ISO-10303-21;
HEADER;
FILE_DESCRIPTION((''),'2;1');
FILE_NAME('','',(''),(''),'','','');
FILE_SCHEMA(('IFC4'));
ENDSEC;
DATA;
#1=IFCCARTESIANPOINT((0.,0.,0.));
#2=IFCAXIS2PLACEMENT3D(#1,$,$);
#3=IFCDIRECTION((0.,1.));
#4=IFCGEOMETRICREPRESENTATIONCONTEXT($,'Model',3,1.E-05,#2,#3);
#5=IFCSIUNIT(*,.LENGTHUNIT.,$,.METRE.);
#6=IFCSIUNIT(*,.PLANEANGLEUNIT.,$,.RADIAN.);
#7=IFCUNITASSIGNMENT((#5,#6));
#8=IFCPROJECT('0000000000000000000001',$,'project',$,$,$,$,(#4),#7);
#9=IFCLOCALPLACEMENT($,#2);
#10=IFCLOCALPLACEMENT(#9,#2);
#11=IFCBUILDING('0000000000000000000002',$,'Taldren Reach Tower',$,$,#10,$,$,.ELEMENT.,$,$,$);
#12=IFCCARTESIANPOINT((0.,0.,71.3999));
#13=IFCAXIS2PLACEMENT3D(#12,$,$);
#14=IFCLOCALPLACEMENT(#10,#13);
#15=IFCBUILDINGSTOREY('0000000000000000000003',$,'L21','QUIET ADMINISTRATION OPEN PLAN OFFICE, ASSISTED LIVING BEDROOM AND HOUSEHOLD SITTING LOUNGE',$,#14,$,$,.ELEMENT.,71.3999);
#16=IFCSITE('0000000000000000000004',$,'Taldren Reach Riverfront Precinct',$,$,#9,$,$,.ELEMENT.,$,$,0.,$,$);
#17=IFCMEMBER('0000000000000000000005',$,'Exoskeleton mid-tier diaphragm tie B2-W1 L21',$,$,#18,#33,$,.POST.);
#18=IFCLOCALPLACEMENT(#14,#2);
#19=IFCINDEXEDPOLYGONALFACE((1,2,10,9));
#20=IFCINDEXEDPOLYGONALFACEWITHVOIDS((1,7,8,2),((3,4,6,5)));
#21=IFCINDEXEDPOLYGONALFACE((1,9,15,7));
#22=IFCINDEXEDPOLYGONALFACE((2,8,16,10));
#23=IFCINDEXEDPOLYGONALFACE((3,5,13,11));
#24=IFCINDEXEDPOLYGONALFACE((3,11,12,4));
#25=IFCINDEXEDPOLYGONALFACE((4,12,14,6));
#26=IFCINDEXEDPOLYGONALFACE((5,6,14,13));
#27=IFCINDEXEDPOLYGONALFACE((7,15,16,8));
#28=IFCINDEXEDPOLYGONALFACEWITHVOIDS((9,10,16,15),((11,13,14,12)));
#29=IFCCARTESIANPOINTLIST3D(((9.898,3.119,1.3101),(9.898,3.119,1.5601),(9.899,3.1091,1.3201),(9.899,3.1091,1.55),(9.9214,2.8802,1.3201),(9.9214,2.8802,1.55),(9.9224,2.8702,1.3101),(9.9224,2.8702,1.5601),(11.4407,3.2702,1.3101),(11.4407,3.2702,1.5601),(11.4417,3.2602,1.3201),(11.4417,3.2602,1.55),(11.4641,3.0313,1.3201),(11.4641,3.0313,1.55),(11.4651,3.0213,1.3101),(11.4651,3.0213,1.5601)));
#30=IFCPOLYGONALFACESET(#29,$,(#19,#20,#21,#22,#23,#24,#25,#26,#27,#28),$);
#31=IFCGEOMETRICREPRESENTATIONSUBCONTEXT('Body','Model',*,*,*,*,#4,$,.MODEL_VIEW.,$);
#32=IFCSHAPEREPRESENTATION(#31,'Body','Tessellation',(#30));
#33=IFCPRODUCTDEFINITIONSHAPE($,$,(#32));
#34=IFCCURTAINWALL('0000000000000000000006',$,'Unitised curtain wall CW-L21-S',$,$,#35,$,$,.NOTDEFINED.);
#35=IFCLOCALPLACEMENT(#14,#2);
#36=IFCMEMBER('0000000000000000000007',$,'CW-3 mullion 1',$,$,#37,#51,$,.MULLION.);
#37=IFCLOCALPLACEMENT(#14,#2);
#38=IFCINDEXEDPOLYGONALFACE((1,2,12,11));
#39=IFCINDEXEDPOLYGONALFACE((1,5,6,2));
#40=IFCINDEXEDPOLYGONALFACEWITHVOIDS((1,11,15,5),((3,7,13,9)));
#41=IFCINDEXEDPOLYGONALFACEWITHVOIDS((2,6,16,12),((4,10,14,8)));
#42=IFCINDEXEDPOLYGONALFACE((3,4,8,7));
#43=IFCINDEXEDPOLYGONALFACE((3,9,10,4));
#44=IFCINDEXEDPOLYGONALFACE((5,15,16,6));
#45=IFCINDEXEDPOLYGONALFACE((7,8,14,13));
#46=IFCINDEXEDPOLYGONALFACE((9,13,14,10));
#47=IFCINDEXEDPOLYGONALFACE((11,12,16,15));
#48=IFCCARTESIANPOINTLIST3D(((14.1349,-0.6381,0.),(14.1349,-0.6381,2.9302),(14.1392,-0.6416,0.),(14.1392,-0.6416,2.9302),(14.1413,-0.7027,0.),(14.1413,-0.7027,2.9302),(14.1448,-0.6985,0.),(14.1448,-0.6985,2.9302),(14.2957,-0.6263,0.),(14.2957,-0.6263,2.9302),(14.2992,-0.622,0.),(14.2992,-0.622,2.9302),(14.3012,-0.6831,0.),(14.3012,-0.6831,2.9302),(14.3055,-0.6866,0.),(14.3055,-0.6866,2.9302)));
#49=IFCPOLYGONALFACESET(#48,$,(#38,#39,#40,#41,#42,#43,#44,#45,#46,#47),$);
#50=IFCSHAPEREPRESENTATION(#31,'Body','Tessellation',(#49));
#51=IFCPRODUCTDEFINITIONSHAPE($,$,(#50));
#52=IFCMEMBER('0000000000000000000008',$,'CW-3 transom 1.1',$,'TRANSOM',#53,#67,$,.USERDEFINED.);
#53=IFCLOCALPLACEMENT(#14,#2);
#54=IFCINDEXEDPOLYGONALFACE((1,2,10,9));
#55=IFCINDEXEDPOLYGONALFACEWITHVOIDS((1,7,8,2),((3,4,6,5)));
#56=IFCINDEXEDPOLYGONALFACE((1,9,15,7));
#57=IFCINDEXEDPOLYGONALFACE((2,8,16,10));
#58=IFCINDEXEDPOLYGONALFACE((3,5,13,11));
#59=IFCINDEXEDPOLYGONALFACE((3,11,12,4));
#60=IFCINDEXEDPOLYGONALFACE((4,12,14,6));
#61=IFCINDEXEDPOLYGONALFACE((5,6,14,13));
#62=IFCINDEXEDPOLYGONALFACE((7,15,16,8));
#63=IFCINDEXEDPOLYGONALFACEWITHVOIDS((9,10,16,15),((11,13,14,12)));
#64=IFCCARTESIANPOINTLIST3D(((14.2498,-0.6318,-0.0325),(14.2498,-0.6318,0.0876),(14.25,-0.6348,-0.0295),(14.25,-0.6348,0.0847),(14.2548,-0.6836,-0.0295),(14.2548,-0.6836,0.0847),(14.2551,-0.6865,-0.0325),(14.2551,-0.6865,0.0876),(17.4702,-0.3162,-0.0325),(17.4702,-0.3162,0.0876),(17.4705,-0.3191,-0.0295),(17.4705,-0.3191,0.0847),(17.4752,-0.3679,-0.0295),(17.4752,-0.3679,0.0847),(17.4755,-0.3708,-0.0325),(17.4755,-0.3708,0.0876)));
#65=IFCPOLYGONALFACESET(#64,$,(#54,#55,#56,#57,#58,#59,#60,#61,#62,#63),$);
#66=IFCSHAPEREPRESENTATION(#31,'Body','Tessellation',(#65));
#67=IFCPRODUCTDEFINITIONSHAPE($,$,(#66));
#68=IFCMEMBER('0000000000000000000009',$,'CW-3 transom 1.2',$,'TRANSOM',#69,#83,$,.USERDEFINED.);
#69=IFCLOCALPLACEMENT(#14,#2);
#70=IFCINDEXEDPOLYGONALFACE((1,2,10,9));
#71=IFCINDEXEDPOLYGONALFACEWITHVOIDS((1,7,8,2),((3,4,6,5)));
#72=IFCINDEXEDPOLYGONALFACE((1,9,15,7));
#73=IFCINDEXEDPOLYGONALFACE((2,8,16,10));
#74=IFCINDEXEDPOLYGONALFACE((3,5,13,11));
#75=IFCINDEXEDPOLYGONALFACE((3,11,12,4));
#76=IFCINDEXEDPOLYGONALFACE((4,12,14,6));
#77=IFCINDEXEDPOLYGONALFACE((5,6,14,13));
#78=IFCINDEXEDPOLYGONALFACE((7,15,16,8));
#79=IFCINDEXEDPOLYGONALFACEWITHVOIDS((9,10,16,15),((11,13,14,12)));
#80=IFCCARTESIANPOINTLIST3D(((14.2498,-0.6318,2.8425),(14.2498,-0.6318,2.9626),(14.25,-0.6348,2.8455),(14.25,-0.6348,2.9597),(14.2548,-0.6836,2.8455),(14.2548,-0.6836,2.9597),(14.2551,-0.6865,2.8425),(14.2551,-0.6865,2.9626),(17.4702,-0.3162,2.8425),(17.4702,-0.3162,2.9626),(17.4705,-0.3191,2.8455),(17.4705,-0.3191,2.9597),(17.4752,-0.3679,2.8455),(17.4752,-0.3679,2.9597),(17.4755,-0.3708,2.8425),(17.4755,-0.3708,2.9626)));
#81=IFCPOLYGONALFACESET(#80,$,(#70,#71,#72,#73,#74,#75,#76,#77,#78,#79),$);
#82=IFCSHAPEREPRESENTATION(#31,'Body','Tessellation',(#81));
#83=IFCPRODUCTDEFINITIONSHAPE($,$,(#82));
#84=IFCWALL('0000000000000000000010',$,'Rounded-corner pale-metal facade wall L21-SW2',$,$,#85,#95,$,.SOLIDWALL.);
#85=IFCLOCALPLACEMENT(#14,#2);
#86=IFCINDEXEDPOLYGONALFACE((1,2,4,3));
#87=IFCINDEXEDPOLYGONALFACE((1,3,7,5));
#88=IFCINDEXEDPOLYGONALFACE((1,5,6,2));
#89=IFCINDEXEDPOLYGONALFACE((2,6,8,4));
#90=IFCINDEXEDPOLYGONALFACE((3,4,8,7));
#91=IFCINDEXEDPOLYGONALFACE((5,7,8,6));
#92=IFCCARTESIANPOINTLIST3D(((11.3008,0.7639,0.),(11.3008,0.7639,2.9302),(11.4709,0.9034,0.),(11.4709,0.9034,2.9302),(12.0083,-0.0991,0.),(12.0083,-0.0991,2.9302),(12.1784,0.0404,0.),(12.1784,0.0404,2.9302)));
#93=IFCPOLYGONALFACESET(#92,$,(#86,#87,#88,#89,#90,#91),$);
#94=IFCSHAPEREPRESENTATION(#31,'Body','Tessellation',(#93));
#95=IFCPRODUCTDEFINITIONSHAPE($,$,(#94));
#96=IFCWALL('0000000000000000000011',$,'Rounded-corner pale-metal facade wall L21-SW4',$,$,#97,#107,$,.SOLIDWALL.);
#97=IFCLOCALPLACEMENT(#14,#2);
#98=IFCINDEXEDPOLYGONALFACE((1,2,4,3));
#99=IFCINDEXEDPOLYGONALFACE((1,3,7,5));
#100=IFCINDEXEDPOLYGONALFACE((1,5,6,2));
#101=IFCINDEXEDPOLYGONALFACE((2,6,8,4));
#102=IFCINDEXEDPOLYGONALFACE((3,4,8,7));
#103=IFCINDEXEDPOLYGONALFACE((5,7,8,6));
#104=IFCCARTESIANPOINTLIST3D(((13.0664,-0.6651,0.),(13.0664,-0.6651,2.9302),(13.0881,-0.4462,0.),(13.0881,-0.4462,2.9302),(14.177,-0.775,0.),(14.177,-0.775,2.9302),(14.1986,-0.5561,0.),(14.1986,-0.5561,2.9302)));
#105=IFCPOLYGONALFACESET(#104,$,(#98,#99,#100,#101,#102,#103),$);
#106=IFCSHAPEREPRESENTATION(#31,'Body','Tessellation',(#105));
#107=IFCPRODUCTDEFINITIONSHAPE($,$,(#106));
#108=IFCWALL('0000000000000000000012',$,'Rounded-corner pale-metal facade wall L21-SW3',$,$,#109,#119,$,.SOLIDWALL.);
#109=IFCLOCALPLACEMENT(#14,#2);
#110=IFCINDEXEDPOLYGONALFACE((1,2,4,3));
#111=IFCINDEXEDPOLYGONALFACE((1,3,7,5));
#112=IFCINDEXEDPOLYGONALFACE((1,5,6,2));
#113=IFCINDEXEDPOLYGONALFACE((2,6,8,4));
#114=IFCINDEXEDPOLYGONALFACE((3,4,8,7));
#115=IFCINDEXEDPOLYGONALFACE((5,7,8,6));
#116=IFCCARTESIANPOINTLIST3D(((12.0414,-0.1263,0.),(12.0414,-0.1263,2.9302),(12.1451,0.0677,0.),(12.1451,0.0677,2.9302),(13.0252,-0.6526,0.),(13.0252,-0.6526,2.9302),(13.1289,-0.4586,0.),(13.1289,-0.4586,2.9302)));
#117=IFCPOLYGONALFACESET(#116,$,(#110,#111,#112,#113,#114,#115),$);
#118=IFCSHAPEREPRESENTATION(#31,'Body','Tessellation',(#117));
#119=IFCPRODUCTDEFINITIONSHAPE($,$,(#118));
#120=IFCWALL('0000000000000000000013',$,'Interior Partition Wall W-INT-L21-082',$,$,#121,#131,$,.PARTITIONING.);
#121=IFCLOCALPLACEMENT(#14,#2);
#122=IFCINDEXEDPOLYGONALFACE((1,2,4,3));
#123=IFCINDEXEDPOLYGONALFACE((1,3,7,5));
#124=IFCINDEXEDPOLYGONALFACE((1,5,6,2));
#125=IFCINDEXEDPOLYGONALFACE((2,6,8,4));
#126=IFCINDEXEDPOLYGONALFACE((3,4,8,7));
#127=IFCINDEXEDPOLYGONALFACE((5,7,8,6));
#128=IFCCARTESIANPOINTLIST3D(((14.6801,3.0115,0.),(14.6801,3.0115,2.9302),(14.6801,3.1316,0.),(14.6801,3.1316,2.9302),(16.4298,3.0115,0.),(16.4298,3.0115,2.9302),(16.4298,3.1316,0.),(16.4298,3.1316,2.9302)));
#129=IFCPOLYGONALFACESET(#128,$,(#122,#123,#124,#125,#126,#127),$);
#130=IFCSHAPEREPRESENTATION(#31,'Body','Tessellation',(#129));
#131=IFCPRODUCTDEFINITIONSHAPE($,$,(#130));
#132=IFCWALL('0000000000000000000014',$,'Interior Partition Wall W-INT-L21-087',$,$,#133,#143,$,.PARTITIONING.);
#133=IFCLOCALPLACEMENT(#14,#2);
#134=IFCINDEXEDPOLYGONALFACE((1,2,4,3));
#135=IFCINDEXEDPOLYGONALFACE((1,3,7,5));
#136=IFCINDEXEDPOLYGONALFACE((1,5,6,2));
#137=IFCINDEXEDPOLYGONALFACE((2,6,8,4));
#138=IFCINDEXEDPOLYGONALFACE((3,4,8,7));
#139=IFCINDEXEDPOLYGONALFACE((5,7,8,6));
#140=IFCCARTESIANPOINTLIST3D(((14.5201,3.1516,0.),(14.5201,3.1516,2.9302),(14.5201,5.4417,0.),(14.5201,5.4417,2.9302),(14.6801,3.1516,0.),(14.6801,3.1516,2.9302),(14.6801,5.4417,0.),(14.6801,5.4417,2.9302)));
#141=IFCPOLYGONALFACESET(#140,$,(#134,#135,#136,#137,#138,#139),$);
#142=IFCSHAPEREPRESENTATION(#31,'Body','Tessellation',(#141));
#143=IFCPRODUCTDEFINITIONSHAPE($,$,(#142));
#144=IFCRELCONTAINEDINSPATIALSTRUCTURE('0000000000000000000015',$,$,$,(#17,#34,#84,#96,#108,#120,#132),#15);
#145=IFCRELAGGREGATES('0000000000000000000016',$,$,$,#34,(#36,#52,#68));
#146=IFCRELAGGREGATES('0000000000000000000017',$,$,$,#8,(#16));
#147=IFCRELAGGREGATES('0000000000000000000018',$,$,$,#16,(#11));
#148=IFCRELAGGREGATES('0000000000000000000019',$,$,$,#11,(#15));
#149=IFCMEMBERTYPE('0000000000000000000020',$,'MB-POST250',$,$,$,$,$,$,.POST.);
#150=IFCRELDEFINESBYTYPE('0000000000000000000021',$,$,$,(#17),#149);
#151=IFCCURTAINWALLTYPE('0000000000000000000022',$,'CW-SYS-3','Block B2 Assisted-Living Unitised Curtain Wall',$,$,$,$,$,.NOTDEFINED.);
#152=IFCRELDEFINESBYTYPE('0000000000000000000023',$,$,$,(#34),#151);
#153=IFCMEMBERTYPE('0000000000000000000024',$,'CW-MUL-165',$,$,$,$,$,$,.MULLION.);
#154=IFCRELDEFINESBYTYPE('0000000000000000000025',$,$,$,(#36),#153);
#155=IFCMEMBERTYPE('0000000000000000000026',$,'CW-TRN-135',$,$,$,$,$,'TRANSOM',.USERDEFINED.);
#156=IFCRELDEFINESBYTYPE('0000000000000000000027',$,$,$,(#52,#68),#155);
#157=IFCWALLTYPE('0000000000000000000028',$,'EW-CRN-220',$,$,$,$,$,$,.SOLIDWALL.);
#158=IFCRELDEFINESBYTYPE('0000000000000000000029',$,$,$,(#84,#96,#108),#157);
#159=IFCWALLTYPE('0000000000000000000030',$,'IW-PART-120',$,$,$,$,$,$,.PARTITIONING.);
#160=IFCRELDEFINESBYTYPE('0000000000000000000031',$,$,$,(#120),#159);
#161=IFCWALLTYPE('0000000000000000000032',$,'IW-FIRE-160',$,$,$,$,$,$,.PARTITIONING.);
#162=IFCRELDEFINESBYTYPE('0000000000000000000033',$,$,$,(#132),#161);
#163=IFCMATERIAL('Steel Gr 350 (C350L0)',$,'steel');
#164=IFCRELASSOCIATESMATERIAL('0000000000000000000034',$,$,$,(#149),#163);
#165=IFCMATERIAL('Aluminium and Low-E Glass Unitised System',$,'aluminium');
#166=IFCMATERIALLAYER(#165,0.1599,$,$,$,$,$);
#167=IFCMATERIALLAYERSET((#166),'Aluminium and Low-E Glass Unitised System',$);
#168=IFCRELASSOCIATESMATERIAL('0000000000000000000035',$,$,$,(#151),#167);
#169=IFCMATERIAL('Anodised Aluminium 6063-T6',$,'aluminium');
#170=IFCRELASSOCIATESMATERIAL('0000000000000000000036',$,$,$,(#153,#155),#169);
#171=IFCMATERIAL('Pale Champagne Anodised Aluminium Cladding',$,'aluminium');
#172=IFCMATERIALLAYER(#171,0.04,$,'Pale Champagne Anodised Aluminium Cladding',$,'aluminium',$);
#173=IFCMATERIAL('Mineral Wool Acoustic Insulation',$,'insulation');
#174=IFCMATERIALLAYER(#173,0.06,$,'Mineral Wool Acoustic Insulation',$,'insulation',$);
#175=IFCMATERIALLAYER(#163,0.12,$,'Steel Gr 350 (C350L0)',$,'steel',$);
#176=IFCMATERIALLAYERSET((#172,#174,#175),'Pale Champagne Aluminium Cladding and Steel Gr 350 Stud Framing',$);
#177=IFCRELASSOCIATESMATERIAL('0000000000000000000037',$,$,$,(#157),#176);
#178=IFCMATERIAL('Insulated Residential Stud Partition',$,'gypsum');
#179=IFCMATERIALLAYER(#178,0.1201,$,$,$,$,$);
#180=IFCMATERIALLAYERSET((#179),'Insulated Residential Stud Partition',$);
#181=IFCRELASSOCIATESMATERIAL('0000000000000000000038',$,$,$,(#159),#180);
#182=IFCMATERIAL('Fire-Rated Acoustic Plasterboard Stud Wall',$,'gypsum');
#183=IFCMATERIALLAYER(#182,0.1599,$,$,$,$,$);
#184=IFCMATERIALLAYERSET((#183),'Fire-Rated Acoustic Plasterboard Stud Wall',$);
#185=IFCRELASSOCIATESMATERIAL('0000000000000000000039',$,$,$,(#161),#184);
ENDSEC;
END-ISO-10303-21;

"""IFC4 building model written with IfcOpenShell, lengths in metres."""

from ifc_helpers import new_model, si_unit, direction, frame, frame_2d, origin, origin_2d, place, context, subcontext, project, spatial, rectangle, hollow_rectangle, extrude, source, transform, mapped, material, layer, layer_set, material_profile, profile_set, type_object, element, aggregate, save


model = new_model("IFC4")

# Units and contexts
model_context = context("Model", 3, precision=1e-05, world=origin(), true_north=direction((0.0, 1.0)))
body_context = subcontext(model_context, "Body", "Model", "MODEL_VIEW")
ifc_project = project(units=[si_unit("LENGTHUNIT", "METRE"), si_unit("PLANEANGLEUNIT", "RADIAN")], contexts=[model_context])

# Site, building, storey
site_placement = place(None, origin())
site = spatial("IfcSite", under=ifc_project, at=site_placement, Name="Taldren Reach Riverfront Precinct", CompositionType="ELEMENT", RefElevation=0.0)
building_placement = place(site_placement, origin())
building = spatial("IfcBuilding", under=site, at=building_placement, Name="Taldren Reach Tower", CompositionType="ELEMENT")
storey_placement = place(building_placement, frame((0.0, 0.0, 71.3999)))
storey = spatial("IfcBuildingStorey", under=building, at=storey_placement, Name="L21", Description="QUIET ADMINISTRATION OPEN PLAN OFFICE, ASSISTED LIVING BEDROOM AND HOUSEHOLD SITTING LOUNGE", CompositionType="ELEMENT", Elevation=71.3999)

# Member
ifc_material_1 = material(Name="Steel Gr 350 (C350L0)", Category="steel")
ifc_material_profile_1 = material_profile(ifc_material_1, hollow_rectangle(XDim=0.25, YDim=0.25, WallThickness=0.01, at=origin_2d()), Name="250x250x10.0SHS")
ifc_profile_set_1 = profile_set([ifc_material_profile_1], Name="Steel Gr 350 (C350L0)")
member_type_1 = type_object("IfcMemberType", Name="MB-POST250", PredefinedType="POST", material=ifc_profile_set_1)
shared_shape_1 = source(origin(), body_context, "Body", "SweptSolid", [
    extrude(hollow_rectangle(XDim=0.25, YDim=0.25, WallThickness=0.01, at=origin_2d()), origin(), (0.0, 0.0, 1.0), 1.55),
])
for number, where, z_axis, x_axis, name in (
    (1, (11.4529, 3.1458, 1.4351), (-0.995236, -0.097492, 0.0), (0.097492, -0.995236, 0.0), "Exoskeleton mid-tier diaphragm tie B2-W1 L21"),
):
    element("IfcMember", number, at=place(storey_placement, frame(where, z_axis=z_axis, x_axis=x_axis)), inside=storey, type_object=member_type_1, Name=name, PredefinedType="POST", context=body_context, shape_type="MappedRepresentation", body=[
        mapped(shared_shape_1, transform((0.0, 0.0, 0.0), scale=1.0)),
    ])

# Curtain wall, members
ifc_material_2 = material(Name="Aluminium and Low-E Glass Unitised System", Category="aluminium")
ifc_layer_1 = layer(ifc_material_2, 0.1599)
ifc_layer_set_1 = layer_set([ifc_layer_1], Name="Aluminium and Low-E Glass Unitised System")
curtain_wall_type = type_object("IfcCurtainWallType", Name="CW-SYS-3", Description="Block B2 Assisted-Living Unitised Curtain Wall", PredefinedType="NOTDEFINED", material=ifc_layer_set_1)
curtain_wall_placement = place(storey_placement, origin())
curtain_wall = element("IfcCurtainWall", 2, at=curtain_wall_placement, inside=storey, type_object=curtain_wall_type, Name="Unitised curtain wall CW-L21-S", PredefinedType="NOTDEFINED")
ifc_material_3 = material(Name="Anodised Aluminium 6063-T6", Category="aluminium")
ifc_material_profile_2 = material_profile(ifc_material_3, hollow_rectangle(XDim=0.0649, YDim=0.165, WallThickness=0.0039, at=origin_2d()), Name="ALU-165x65x4RHS")
ifc_profile_set_2 = profile_set([ifc_material_profile_2], Name="Anodised Aluminium 6063-T6")
member_type_2 = type_object("IfcMemberType", Name="CW-MUL-165", PredefinedType="MULLION", material=ifc_profile_set_2)
shared_shape_2 = source(origin(), body_context, "Body", "SweptSolid", [
    extrude(hollow_rectangle(XDim=0.0649, YDim=0.165, WallThickness=0.0039, at=origin_2d()), origin(), (0.0, 0.0, 1.0), 2.9302),
])
member_1_placement = place(storey_placement, frame((14.2202, -0.6624, 0.0), z_axis=(0.0, 0.0, 1.0), x_axis=(-0.097583, 0.995227, 0.0)))
member_1 = element("IfcMember", 3, at=member_1_placement, type_object=member_type_2, Name="CW-3 mullion 1", PredefinedType="MULLION", context=body_context, shape_type="MappedRepresentation", body=[
    mapped(shared_shape_2, transform((0.0, 0.0, 0.0), scale=1.0)),
])
ifc_material_profile_3 = material_profile(ifc_material_3, hollow_rectangle(XDim=0.0549, YDim=0.1201, WallThickness=0.0029, at=origin_2d()), Name="ALU-120x55x3RHS")
ifc_profile_set_3 = profile_set([ifc_material_profile_3], Name="Anodised Aluminium 6063-T6")
member_type_3 = type_object("IfcMemberType", Name="CW-TRN-135", ElementType="TRANSOM", PredefinedType="USERDEFINED", material=ifc_profile_set_3)
shared_shape_3 = source(origin(), body_context, "Body", "SweptSolid", [
    extrude(hollow_rectangle(XDim=0.0549, YDim=0.1201, WallThickness=0.0029, at=origin_2d()), origin(), (0.0, 0.0, 1.0), 3.2358),
])
member_2_placement = place(storey_placement, frame((14.2524, -0.6592, 0.0276), z_axis=(0.99523, 0.097554, 0.0), x_axis=(-0.097554, 0.99523, 0.0)))
member_2 = element("IfcMember", 4, at=member_2_placement, type_object=member_type_3, Name="CW-3 transom 1.1", ObjectType="TRANSOM", PredefinedType="USERDEFINED", context=body_context, shape_type="MappedRepresentation", body=[
    mapped(shared_shape_3, transform((0.0, 0.0, 0.0), scale=1.0)),
])
member_3_placement = place(storey_placement, frame((14.2524, -0.6592, 2.9026), z_axis=(0.99523, 0.097554, 0.0), x_axis=(-0.097554, 0.99523, 0.0)))
member_3 = element("IfcMember", 5, at=member_3_placement, type_object=member_type_3, Name="CW-3 transom 1.2", ObjectType="TRANSOM", PredefinedType="USERDEFINED", context=body_context, shape_type="MappedRepresentation", body=[
    mapped(shared_shape_3, transform((0.0, 0.0, 0.0), scale=1.0)),
])
aggregate(curtain_wall, [member_1, member_2, member_3])

# Walls
ifc_material_4 = material(Name="Pale Champagne Anodised Aluminium Cladding", Category="aluminium")
ifc_layer_2 = layer(ifc_material_4, 0.04, Name="Pale Champagne Anodised Aluminium Cladding", Category="aluminium")
ifc_material_5 = material(Name="Mineral Wool Acoustic Insulation", Category="insulation")
ifc_layer_3 = layer(ifc_material_5, 0.06, Name="Mineral Wool Acoustic Insulation", Category="insulation")
ifc_layer_4 = layer(ifc_material_1, 0.12, Name="Steel Gr 350 (C350L0)", Category="steel")
ifc_layer_set_2 = layer_set([ifc_layer_2, ifc_layer_3, ifc_layer_4], Name="Pale Champagne Aluminium Cladding and Steel Gr 350 Stud Framing")
wall_type_1 = type_object("IfcWallType", Name="EW-CRN-220", PredefinedType="SOLIDWALL", material=ifc_layer_set_2)
shared_shape_4 = source(origin(), body_context, "Body", "SweptSolid", [
    extrude(rectangle(XDim=1.116, YDim=0.22, at=frame_2d((0.5581, 0.0))), origin(), (0.0, 0.0, 1.0), 2.9302),
])
for number, where, z_axis, x_axis, name in (
    (6, (11.3857, 0.8337, 0.0), (0.0, 0.0, 1.0), (0.633988, -0.773343, 0.0), "Rounded-corner pale-metal facade wall L21-SW2"),
    (7, (13.0771, -0.5557, 0.0), (0.0, 0.0, 1.0), (0.995143, -0.098442, 0.0), "Rounded-corner pale-metal facade wall L21-SW4"),
):
    element("IfcWall", number, at=place(storey_placement, frame(where, z_axis=z_axis, x_axis=x_axis)), inside=storey, type_object=wall_type_1, Name=name, PredefinedType="SOLIDWALL", context=body_context, shape_type="MappedRepresentation", body=[
        mapped(shared_shape_4, transform((0.0, 0.0, 0.0), scale=1.0)),
    ])
shared_shape_5 = source(origin(), body_context, "Body", "SweptSolid", [
    extrude(rectangle(XDim=1.1157, YDim=0.22, at=frame_2d((0.5579, 0.0))), origin(), (0.0, 0.0, 1.0), 2.9302),
])
wall_1_placement = place(storey_placement, frame((12.0933, -0.0293, 0.0), z_axis=(0.0, 0.0, 1.0), x_axis=(0.881747, -0.471723, 0.0)))
element("IfcWall", 8, at=wall_1_placement, inside=storey, type_object=wall_type_1, Name="Rounded-corner pale-metal facade wall L21-SW3", PredefinedType="SOLIDWALL", context=body_context, shape_type="MappedRepresentation", body=[
    mapped(shared_shape_5, transform((0.0, 0.0, 0.0), scale=1.0)),
])
ifc_material_6 = material(Name="Insulated Residential Stud Partition", Category="gypsum")
ifc_layer_5 = layer(ifc_material_6, 0.1201)
ifc_layer_set_3 = layer_set([ifc_layer_5], Name="Insulated Residential Stud Partition")
wall_type_2 = type_object("IfcWallType", Name="IW-PART-120", PredefinedType="PARTITIONING", material=ifc_layer_set_3)
shared_shape_6 = source(origin(), body_context, "Body", "SweptSolid", [
    extrude(rectangle(XDim=1.7498, YDim=0.1201, at=frame_2d((0.875, 0.0))), origin(), (0.0, 0.0, 1.0), 2.9302),
])
wall_2_placement = place(storey_placement, frame((14.6799, 3.0715, 0.0), z_axis=(0.0, 0.0, 1.0), x_axis=(1.0, 0.0, 0.0)))
element("IfcWall", 9, at=wall_2_placement, inside=storey, type_object=wall_type_2, Name="Interior Partition Wall W-INT-L21-082", PredefinedType="PARTITIONING", context=body_context, shape_type="MappedRepresentation", body=[
    mapped(shared_shape_6, transform((0.0, 0.0, 0.0), scale=1.0)),
])
ifc_material_7 = material(Name="Fire-Rated Acoustic Plasterboard Stud Wall", Category="gypsum")
ifc_layer_6 = layer(ifc_material_7, 0.1599)
ifc_layer_set_4 = layer_set([ifc_layer_6], Name="Fire-Rated Acoustic Plasterboard Stud Wall")
wall_type_3 = type_object("IfcWallType", Name="IW-FIRE-160", PredefinedType="PARTITIONING", material=ifc_layer_set_4)
shared_shape_7 = source(origin(), body_context, "Body", "SweptSolid", [
    extrude(rectangle(XDim=2.29, YDim=0.1599, at=frame_2d((1.145, 0.0))), origin(), (0.0, 0.0, 1.0), 2.9302),
])
wall_3_placement = place(storey_placement, frame((14.6001, 3.1516, 0.0), z_axis=(0.0, 0.0, 1.0), x_axis=(0.0, 1.0, 0.0)))
element("IfcWall", 10, at=wall_3_placement, inside=storey, type_object=wall_type_3, Name="Interior Partition Wall W-INT-L21-087", PredefinedType="PARTITIONING", context=body_context, shape_type="MappedRepresentation", body=[
    mapped(shared_shape_7, transform((0.0, 0.0, 0.0), scale=1.0)),
])

save(model, "model.ifc")
